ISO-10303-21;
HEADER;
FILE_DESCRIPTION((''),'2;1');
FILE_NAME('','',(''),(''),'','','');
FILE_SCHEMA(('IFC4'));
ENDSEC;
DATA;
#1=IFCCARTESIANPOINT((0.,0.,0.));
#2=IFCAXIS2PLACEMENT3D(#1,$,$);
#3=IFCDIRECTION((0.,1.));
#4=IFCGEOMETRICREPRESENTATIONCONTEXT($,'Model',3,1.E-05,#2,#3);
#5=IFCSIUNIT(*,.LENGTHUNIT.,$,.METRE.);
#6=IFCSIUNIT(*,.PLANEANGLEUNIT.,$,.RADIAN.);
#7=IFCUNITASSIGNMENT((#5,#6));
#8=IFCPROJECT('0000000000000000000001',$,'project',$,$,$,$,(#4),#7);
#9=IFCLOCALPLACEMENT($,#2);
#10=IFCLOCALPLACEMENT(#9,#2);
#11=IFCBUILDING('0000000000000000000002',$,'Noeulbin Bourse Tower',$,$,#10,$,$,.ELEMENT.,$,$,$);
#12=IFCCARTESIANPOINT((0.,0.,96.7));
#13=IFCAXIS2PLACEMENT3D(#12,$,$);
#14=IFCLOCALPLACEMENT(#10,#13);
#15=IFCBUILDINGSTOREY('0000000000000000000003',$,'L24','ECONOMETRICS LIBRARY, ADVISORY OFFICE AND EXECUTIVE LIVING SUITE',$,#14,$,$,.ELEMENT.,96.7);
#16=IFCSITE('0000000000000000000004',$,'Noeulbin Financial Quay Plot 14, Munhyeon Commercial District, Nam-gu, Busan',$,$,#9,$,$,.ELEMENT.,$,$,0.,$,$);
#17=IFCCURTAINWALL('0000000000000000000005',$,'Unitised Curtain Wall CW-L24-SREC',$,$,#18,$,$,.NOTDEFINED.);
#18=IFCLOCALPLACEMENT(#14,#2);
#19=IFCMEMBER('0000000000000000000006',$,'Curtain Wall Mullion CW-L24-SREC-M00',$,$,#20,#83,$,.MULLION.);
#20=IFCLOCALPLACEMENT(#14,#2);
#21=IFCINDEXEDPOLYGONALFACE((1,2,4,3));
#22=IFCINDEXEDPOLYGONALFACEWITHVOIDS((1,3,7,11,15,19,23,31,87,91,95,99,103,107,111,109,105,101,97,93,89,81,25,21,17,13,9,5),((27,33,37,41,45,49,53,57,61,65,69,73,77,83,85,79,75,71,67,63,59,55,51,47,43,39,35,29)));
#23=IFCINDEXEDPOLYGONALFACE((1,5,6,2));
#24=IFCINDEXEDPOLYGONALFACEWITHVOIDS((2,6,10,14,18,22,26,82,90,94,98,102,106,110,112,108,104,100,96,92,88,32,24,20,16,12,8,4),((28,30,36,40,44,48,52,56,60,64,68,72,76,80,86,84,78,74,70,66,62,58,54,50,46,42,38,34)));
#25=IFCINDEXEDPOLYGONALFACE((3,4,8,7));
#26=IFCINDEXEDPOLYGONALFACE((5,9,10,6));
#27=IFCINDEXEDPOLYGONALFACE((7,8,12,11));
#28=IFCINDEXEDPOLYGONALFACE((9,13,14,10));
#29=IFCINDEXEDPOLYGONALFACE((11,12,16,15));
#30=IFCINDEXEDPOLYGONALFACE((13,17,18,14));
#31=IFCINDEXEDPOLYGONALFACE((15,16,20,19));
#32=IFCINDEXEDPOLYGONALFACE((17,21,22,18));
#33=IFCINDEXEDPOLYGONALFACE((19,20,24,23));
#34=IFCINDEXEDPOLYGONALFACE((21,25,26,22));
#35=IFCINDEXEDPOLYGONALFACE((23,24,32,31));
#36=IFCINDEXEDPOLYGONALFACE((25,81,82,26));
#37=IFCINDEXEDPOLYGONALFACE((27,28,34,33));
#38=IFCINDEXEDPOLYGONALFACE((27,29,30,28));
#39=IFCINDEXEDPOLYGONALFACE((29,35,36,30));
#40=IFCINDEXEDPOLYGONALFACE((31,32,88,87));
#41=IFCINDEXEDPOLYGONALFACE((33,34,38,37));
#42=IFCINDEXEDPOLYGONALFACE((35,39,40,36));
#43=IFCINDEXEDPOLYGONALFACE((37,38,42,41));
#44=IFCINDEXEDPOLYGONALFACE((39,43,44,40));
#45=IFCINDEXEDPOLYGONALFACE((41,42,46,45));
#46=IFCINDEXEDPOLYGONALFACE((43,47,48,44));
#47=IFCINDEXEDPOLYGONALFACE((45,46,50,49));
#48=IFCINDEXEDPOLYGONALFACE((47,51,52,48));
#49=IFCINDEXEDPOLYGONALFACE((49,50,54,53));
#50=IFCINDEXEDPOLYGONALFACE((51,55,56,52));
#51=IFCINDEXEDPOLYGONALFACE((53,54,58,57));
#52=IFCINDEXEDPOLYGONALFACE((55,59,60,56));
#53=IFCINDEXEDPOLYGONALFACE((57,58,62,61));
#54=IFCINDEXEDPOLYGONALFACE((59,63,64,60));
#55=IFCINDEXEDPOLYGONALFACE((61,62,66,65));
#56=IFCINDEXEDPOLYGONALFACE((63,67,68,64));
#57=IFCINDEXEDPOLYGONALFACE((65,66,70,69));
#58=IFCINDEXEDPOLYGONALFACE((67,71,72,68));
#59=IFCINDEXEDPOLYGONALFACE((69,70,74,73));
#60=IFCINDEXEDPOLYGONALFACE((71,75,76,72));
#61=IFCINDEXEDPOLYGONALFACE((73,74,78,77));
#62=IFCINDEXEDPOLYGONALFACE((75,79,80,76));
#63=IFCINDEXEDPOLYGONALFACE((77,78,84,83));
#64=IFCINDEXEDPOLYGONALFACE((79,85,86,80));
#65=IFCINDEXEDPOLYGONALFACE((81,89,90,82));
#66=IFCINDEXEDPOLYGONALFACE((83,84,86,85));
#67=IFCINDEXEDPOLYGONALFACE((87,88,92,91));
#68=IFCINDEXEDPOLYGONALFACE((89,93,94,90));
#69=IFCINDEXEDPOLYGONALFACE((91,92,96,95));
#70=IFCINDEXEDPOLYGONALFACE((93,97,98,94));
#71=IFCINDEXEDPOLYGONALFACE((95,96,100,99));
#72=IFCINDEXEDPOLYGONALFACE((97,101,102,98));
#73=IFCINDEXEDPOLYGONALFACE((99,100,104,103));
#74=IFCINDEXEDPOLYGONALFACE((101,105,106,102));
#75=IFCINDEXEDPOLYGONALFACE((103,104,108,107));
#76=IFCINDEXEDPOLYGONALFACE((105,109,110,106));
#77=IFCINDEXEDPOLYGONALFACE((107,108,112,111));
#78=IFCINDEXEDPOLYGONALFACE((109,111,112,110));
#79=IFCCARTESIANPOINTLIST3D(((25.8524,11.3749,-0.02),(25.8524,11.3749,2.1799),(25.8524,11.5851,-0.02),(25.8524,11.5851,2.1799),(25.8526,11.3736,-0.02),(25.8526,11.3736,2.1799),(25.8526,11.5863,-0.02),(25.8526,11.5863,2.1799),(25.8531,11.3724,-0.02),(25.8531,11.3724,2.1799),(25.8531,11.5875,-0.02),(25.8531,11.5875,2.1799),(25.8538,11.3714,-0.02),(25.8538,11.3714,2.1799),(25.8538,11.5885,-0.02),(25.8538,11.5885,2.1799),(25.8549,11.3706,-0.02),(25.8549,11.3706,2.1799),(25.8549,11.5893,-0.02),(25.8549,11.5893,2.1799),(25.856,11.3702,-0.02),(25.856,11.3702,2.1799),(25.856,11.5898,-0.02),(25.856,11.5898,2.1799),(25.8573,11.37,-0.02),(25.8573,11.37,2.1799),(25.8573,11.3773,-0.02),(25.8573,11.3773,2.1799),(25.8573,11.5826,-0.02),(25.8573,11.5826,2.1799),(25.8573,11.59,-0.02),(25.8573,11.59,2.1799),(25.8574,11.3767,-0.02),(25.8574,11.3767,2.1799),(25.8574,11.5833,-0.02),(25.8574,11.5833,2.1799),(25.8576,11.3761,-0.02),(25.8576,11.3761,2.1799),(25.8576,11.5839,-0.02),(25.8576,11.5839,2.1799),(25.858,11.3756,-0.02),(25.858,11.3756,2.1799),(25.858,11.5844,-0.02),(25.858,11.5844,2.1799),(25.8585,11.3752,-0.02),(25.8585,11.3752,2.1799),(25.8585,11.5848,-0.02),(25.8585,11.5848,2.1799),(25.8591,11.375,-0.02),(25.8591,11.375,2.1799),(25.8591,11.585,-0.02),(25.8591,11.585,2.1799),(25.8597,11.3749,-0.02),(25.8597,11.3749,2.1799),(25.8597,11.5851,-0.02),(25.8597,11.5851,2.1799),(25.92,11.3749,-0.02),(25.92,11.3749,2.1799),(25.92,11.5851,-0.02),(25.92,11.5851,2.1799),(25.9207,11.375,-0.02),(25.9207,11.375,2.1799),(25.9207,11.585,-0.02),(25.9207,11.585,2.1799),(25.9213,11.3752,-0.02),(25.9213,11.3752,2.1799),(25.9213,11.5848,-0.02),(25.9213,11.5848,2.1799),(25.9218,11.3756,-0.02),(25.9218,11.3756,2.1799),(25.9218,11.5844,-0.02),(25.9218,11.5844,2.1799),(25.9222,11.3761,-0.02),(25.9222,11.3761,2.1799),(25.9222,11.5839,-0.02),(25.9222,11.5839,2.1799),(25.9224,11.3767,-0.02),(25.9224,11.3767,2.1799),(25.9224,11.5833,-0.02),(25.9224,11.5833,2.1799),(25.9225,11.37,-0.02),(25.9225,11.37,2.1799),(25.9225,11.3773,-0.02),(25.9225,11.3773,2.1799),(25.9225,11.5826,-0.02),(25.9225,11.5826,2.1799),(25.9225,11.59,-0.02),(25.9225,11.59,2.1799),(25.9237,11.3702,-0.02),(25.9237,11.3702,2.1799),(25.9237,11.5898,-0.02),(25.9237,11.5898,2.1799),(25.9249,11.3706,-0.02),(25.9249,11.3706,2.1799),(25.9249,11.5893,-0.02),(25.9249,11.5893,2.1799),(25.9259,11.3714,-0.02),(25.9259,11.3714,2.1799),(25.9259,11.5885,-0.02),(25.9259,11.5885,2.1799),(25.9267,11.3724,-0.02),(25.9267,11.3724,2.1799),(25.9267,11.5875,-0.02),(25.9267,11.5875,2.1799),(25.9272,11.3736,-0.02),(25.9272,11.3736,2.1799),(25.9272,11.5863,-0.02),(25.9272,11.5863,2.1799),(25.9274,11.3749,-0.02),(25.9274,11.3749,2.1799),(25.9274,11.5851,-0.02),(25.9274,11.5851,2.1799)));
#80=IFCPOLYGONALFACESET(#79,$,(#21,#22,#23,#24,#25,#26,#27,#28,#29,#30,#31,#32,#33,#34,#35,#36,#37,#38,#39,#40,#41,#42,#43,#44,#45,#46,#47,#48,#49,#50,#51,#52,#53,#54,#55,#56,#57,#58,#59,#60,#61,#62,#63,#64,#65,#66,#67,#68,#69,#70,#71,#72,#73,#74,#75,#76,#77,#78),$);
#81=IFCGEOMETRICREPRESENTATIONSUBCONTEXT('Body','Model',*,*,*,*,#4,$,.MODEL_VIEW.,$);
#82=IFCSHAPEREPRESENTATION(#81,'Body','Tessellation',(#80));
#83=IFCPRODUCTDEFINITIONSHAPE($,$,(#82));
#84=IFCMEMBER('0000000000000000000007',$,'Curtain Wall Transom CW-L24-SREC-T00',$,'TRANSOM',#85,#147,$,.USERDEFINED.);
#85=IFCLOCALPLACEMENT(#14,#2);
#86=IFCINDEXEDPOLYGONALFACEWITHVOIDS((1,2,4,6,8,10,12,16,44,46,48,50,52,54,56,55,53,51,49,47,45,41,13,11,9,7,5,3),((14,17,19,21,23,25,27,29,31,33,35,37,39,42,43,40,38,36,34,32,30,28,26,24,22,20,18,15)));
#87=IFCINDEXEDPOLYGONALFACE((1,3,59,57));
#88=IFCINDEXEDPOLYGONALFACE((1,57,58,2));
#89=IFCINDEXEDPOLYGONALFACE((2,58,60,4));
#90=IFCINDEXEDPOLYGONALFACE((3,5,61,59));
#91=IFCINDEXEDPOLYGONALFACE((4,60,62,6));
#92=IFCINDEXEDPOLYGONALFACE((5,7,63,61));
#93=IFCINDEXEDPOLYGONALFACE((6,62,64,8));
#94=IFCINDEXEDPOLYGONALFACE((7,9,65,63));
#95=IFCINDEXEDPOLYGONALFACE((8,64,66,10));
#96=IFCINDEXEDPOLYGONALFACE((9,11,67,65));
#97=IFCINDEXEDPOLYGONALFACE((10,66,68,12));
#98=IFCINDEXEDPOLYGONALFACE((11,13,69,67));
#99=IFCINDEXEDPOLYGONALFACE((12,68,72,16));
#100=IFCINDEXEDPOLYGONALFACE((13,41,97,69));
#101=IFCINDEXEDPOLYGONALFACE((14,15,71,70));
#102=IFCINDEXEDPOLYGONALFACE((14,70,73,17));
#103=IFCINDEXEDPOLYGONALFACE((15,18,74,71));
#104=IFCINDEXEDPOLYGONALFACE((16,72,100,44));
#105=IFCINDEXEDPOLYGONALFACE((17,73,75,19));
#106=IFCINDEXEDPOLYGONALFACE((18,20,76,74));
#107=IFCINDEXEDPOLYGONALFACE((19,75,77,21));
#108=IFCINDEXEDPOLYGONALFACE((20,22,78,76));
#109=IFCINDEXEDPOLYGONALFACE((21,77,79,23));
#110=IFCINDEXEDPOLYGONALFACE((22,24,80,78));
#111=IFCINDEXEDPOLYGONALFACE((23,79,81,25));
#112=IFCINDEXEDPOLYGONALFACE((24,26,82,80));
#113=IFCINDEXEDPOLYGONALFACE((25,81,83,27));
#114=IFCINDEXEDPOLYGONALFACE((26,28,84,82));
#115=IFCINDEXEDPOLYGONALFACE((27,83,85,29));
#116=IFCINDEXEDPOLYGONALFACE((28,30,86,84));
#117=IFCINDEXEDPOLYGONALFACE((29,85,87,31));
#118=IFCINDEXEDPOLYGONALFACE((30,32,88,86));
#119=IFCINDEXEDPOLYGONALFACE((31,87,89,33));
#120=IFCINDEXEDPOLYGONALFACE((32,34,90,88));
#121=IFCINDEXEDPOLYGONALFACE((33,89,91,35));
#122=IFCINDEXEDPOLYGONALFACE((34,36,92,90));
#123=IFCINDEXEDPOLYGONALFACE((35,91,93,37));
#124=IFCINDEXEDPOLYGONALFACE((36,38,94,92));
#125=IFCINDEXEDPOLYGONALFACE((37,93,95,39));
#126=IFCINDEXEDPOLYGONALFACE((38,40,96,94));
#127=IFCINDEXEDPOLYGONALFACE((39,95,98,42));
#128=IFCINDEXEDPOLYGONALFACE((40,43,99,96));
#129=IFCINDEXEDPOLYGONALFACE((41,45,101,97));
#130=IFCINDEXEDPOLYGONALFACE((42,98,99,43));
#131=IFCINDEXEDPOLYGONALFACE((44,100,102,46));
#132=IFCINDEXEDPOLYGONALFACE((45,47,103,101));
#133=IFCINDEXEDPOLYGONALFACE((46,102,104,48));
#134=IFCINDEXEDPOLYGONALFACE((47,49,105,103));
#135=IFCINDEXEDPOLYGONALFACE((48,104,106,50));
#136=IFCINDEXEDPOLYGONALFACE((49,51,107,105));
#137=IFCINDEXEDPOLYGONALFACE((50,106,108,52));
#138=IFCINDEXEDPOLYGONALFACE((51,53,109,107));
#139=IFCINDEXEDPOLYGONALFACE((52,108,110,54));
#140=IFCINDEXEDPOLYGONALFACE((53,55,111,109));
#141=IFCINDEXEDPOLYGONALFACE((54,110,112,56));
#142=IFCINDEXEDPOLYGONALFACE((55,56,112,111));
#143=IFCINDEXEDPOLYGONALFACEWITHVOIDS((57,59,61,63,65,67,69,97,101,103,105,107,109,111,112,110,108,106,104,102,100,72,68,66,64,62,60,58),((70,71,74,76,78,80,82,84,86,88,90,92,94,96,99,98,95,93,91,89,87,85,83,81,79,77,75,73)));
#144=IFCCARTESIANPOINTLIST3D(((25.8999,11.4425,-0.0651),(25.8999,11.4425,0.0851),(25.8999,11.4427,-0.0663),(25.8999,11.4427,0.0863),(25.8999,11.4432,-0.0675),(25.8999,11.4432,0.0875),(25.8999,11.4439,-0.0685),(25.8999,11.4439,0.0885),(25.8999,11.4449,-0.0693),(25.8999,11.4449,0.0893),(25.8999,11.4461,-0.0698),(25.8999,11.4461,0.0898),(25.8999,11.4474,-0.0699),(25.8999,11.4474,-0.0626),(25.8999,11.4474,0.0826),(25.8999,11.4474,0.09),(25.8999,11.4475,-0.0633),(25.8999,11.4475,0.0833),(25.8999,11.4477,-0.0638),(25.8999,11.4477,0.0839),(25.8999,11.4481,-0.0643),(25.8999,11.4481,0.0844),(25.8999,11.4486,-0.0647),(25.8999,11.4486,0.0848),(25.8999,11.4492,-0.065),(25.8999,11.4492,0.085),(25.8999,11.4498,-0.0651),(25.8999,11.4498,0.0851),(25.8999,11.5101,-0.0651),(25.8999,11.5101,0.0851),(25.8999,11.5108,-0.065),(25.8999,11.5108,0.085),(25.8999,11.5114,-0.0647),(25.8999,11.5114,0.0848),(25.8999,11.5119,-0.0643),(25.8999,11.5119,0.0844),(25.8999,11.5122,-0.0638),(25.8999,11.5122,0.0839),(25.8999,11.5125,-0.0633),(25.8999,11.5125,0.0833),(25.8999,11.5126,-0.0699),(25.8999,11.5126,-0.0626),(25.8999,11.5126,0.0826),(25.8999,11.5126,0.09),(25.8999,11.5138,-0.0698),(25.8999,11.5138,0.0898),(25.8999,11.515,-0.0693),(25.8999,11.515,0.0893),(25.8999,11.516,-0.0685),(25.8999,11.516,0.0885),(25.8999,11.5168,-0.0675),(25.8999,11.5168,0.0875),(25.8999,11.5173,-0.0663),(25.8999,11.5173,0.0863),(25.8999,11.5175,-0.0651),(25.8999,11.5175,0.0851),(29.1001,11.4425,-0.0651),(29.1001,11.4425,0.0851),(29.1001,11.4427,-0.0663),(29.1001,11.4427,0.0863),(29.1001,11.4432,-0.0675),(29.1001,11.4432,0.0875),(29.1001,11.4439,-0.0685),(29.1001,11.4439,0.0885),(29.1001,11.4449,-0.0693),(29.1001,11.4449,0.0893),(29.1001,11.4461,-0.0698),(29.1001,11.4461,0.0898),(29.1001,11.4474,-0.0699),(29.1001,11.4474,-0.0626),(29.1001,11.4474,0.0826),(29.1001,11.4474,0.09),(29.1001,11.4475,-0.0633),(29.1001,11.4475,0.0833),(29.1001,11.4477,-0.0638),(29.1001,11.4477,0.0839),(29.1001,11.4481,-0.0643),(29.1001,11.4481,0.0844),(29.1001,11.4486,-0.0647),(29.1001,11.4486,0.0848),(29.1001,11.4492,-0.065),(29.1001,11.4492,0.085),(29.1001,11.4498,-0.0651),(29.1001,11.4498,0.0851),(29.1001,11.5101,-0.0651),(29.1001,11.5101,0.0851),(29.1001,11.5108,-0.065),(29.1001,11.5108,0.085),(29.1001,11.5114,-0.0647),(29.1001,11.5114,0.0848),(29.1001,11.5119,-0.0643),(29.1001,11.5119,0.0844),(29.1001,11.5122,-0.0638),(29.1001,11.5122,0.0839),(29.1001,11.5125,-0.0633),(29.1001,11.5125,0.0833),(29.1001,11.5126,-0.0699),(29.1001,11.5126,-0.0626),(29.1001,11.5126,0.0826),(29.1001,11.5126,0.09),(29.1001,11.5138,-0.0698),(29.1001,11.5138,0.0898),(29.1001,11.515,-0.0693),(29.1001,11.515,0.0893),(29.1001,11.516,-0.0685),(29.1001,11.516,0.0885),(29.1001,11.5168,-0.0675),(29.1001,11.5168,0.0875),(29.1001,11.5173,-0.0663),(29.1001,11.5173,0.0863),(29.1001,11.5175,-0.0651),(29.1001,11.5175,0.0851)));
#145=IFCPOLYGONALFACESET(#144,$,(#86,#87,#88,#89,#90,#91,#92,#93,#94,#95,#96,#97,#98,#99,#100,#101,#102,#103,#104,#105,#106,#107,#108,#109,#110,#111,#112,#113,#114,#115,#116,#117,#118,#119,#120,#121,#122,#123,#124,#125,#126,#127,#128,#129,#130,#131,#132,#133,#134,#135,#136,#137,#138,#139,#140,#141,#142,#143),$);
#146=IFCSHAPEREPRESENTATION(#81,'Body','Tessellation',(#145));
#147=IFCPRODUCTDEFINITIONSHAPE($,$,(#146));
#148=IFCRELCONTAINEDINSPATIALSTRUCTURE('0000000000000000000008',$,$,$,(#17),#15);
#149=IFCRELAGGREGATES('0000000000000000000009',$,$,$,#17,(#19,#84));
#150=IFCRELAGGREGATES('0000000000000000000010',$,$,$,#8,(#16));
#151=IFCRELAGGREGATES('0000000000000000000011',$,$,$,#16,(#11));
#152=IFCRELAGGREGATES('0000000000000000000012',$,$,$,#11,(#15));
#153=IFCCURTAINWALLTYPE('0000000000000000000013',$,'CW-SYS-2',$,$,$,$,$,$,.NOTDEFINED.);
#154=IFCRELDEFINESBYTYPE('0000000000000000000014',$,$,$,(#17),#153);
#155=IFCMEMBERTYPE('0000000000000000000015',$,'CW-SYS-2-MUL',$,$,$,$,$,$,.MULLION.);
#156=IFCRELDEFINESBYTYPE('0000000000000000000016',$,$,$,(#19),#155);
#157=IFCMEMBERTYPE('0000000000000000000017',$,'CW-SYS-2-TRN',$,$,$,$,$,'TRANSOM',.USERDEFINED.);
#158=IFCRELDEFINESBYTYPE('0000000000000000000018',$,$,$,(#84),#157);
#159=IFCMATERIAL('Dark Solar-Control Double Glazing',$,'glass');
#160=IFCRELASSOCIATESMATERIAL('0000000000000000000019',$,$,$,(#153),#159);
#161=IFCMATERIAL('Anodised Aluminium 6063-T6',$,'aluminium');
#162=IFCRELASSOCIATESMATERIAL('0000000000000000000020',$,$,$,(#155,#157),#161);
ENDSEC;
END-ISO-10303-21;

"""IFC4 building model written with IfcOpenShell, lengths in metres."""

from ifc_helpers import new_model, si_unit, direction, frame, origin, origin_2d, place, context, subcontext, project, spatial, hollow_rectangle, extrude, material, material_profile, profile_set, type_object, element, aggregate, save


model = new_model("IFC4")

# Units and contexts
model_context = context("Model", 3, precision=1e-05, world=origin(), true_north=direction((0.0, 1.0)))
body_context = subcontext(model_context, "Body", "Model", "MODEL_VIEW")
ifc_project = project(units=[si_unit("LENGTHUNIT", "METRE"), si_unit("PLANEANGLEUNIT", "RADIAN")], contexts=[model_context])

# Site, building, storey
site_placement = place(None, origin())
site = spatial("IfcSite", under=ifc_project, at=site_placement, Name="Noeulbin Financial Quay Plot 14, Munhyeon Commercial District, Nam-gu, Busan", CompositionType="ELEMENT", RefElevation=0.0)
building_placement = place(site_placement, origin())
building = spatial("IfcBuilding", under=site, at=building_placement, Name="Noeulbin Bourse Tower", CompositionType="ELEMENT")
storey_placement = place(building_placement, frame((0.0, 0.0, 96.7)))
storey = spatial("IfcBuildingStorey", under=building, at=storey_placement, Name="L24", Description="ECONOMETRICS LIBRARY, ADVISORY OFFICE AND EXECUTIVE LIVING SUITE", CompositionType="ELEMENT", Elevation=96.7)

# Curtain wall, members
ifc_material_1 = material(Name="Dark Solar-Control Double Glazing", Category="glass")
curtain_wall_type = type_object("IfcCurtainWallType", Name="CW-SYS-2", PredefinedType="NOTDEFINED", material=ifc_material_1)
curtain_wall_placement = place(storey_placement, origin())
curtain_wall = element("IfcCurtainWall", 1, at=curtain_wall_placement, inside=storey, type_object=curtain_wall_type, Name="Unitised Curtain Wall CW-L24-SREC", PredefinedType="NOTDEFINED")
ifc_material_2 = material(Name="Anodised Aluminium 6063-T6", Category="aluminium")
ifc_material_profile_1 = material_profile(ifc_material_2, hollow_rectangle(XDim=0.075, YDim=0.22, WallThickness=0.0049, InnerFilletRadius=0.0024, OuterFilletRadius=0.0049, at=origin_2d()), Name="ALU-MULL-75x220x5", Category="LoadBearing")
ifc_profile_set_1 = profile_set([ifc_material_profile_1], Name="Anodised Aluminium 6063-T6")
member_type_1 = type_object("IfcMemberType", Name="CW-SYS-2-MUL", PredefinedType="MULLION", material=ifc_profile_set_1)
member_1_placement = place(storey_placement, frame((25.8899, 11.48, -0.02), z_axis=(0.0, 0.0, 1.0), x_axis=(1.0, 0.0, 0.0)))
member_1 = element("IfcMember", 2, at=member_1_placement, type_object=member_type_1, Name="Curtain Wall Mullion CW-L24-SREC-M00", PredefinedType="MULLION", context=body_context, shape_type="SweptSolid", body=[
    extrude(hollow_rectangle(XDim=0.075, YDim=0.22, WallThickness=0.0049, InnerFilletRadius=0.0024, OuterFilletRadius=0.0049, at=origin_2d()), origin(), (0.0, 0.0, 1.0), 2.2),
])
ifc_material_profile_2 = material_profile(ifc_material_2, hollow_rectangle(XDim=0.075, YDim=0.1599, WallThickness=0.0049, InnerFilletRadius=0.0024, OuterFilletRadius=0.0049, at=origin_2d()), Name="ALU-TRAN-75x160x5", Category="LoadBearing")
ifc_profile_set_2 = profile_set([ifc_material_profile_2], Name="Anodised Aluminium 6063-T6")
member_type_2 = type_object("IfcMemberType", Name="CW-SYS-2-TRN", ElementType="TRANSOM", PredefinedType="USERDEFINED", material=ifc_profile_set_2)
member_2_placement = place(storey_placement, frame((25.8999, 11.48, 0.01), z_axis=(1.0, 0.0, 0.0), x_axis=(0.0, 1.0, 0.0)))
member_2 = element("IfcMember", 3, at=member_2_placement, type_object=member_type_2, Name="Curtain Wall Transom CW-L24-SREC-T00", ObjectType="TRANSOM", PredefinedType="USERDEFINED", context=body_context, shape_type="SweptSolid", body=[
    extrude(hollow_rectangle(XDim=0.075, YDim=0.1599, WallThickness=0.0049, InnerFilletRadius=0.0024, OuterFilletRadius=0.0049, at=origin_2d()), origin(), (0.0, 0.0, 1.0), 3.2002),
])
aggregate(curtain_wall, [member_1, member_2])

save(model, "model.ifc")
